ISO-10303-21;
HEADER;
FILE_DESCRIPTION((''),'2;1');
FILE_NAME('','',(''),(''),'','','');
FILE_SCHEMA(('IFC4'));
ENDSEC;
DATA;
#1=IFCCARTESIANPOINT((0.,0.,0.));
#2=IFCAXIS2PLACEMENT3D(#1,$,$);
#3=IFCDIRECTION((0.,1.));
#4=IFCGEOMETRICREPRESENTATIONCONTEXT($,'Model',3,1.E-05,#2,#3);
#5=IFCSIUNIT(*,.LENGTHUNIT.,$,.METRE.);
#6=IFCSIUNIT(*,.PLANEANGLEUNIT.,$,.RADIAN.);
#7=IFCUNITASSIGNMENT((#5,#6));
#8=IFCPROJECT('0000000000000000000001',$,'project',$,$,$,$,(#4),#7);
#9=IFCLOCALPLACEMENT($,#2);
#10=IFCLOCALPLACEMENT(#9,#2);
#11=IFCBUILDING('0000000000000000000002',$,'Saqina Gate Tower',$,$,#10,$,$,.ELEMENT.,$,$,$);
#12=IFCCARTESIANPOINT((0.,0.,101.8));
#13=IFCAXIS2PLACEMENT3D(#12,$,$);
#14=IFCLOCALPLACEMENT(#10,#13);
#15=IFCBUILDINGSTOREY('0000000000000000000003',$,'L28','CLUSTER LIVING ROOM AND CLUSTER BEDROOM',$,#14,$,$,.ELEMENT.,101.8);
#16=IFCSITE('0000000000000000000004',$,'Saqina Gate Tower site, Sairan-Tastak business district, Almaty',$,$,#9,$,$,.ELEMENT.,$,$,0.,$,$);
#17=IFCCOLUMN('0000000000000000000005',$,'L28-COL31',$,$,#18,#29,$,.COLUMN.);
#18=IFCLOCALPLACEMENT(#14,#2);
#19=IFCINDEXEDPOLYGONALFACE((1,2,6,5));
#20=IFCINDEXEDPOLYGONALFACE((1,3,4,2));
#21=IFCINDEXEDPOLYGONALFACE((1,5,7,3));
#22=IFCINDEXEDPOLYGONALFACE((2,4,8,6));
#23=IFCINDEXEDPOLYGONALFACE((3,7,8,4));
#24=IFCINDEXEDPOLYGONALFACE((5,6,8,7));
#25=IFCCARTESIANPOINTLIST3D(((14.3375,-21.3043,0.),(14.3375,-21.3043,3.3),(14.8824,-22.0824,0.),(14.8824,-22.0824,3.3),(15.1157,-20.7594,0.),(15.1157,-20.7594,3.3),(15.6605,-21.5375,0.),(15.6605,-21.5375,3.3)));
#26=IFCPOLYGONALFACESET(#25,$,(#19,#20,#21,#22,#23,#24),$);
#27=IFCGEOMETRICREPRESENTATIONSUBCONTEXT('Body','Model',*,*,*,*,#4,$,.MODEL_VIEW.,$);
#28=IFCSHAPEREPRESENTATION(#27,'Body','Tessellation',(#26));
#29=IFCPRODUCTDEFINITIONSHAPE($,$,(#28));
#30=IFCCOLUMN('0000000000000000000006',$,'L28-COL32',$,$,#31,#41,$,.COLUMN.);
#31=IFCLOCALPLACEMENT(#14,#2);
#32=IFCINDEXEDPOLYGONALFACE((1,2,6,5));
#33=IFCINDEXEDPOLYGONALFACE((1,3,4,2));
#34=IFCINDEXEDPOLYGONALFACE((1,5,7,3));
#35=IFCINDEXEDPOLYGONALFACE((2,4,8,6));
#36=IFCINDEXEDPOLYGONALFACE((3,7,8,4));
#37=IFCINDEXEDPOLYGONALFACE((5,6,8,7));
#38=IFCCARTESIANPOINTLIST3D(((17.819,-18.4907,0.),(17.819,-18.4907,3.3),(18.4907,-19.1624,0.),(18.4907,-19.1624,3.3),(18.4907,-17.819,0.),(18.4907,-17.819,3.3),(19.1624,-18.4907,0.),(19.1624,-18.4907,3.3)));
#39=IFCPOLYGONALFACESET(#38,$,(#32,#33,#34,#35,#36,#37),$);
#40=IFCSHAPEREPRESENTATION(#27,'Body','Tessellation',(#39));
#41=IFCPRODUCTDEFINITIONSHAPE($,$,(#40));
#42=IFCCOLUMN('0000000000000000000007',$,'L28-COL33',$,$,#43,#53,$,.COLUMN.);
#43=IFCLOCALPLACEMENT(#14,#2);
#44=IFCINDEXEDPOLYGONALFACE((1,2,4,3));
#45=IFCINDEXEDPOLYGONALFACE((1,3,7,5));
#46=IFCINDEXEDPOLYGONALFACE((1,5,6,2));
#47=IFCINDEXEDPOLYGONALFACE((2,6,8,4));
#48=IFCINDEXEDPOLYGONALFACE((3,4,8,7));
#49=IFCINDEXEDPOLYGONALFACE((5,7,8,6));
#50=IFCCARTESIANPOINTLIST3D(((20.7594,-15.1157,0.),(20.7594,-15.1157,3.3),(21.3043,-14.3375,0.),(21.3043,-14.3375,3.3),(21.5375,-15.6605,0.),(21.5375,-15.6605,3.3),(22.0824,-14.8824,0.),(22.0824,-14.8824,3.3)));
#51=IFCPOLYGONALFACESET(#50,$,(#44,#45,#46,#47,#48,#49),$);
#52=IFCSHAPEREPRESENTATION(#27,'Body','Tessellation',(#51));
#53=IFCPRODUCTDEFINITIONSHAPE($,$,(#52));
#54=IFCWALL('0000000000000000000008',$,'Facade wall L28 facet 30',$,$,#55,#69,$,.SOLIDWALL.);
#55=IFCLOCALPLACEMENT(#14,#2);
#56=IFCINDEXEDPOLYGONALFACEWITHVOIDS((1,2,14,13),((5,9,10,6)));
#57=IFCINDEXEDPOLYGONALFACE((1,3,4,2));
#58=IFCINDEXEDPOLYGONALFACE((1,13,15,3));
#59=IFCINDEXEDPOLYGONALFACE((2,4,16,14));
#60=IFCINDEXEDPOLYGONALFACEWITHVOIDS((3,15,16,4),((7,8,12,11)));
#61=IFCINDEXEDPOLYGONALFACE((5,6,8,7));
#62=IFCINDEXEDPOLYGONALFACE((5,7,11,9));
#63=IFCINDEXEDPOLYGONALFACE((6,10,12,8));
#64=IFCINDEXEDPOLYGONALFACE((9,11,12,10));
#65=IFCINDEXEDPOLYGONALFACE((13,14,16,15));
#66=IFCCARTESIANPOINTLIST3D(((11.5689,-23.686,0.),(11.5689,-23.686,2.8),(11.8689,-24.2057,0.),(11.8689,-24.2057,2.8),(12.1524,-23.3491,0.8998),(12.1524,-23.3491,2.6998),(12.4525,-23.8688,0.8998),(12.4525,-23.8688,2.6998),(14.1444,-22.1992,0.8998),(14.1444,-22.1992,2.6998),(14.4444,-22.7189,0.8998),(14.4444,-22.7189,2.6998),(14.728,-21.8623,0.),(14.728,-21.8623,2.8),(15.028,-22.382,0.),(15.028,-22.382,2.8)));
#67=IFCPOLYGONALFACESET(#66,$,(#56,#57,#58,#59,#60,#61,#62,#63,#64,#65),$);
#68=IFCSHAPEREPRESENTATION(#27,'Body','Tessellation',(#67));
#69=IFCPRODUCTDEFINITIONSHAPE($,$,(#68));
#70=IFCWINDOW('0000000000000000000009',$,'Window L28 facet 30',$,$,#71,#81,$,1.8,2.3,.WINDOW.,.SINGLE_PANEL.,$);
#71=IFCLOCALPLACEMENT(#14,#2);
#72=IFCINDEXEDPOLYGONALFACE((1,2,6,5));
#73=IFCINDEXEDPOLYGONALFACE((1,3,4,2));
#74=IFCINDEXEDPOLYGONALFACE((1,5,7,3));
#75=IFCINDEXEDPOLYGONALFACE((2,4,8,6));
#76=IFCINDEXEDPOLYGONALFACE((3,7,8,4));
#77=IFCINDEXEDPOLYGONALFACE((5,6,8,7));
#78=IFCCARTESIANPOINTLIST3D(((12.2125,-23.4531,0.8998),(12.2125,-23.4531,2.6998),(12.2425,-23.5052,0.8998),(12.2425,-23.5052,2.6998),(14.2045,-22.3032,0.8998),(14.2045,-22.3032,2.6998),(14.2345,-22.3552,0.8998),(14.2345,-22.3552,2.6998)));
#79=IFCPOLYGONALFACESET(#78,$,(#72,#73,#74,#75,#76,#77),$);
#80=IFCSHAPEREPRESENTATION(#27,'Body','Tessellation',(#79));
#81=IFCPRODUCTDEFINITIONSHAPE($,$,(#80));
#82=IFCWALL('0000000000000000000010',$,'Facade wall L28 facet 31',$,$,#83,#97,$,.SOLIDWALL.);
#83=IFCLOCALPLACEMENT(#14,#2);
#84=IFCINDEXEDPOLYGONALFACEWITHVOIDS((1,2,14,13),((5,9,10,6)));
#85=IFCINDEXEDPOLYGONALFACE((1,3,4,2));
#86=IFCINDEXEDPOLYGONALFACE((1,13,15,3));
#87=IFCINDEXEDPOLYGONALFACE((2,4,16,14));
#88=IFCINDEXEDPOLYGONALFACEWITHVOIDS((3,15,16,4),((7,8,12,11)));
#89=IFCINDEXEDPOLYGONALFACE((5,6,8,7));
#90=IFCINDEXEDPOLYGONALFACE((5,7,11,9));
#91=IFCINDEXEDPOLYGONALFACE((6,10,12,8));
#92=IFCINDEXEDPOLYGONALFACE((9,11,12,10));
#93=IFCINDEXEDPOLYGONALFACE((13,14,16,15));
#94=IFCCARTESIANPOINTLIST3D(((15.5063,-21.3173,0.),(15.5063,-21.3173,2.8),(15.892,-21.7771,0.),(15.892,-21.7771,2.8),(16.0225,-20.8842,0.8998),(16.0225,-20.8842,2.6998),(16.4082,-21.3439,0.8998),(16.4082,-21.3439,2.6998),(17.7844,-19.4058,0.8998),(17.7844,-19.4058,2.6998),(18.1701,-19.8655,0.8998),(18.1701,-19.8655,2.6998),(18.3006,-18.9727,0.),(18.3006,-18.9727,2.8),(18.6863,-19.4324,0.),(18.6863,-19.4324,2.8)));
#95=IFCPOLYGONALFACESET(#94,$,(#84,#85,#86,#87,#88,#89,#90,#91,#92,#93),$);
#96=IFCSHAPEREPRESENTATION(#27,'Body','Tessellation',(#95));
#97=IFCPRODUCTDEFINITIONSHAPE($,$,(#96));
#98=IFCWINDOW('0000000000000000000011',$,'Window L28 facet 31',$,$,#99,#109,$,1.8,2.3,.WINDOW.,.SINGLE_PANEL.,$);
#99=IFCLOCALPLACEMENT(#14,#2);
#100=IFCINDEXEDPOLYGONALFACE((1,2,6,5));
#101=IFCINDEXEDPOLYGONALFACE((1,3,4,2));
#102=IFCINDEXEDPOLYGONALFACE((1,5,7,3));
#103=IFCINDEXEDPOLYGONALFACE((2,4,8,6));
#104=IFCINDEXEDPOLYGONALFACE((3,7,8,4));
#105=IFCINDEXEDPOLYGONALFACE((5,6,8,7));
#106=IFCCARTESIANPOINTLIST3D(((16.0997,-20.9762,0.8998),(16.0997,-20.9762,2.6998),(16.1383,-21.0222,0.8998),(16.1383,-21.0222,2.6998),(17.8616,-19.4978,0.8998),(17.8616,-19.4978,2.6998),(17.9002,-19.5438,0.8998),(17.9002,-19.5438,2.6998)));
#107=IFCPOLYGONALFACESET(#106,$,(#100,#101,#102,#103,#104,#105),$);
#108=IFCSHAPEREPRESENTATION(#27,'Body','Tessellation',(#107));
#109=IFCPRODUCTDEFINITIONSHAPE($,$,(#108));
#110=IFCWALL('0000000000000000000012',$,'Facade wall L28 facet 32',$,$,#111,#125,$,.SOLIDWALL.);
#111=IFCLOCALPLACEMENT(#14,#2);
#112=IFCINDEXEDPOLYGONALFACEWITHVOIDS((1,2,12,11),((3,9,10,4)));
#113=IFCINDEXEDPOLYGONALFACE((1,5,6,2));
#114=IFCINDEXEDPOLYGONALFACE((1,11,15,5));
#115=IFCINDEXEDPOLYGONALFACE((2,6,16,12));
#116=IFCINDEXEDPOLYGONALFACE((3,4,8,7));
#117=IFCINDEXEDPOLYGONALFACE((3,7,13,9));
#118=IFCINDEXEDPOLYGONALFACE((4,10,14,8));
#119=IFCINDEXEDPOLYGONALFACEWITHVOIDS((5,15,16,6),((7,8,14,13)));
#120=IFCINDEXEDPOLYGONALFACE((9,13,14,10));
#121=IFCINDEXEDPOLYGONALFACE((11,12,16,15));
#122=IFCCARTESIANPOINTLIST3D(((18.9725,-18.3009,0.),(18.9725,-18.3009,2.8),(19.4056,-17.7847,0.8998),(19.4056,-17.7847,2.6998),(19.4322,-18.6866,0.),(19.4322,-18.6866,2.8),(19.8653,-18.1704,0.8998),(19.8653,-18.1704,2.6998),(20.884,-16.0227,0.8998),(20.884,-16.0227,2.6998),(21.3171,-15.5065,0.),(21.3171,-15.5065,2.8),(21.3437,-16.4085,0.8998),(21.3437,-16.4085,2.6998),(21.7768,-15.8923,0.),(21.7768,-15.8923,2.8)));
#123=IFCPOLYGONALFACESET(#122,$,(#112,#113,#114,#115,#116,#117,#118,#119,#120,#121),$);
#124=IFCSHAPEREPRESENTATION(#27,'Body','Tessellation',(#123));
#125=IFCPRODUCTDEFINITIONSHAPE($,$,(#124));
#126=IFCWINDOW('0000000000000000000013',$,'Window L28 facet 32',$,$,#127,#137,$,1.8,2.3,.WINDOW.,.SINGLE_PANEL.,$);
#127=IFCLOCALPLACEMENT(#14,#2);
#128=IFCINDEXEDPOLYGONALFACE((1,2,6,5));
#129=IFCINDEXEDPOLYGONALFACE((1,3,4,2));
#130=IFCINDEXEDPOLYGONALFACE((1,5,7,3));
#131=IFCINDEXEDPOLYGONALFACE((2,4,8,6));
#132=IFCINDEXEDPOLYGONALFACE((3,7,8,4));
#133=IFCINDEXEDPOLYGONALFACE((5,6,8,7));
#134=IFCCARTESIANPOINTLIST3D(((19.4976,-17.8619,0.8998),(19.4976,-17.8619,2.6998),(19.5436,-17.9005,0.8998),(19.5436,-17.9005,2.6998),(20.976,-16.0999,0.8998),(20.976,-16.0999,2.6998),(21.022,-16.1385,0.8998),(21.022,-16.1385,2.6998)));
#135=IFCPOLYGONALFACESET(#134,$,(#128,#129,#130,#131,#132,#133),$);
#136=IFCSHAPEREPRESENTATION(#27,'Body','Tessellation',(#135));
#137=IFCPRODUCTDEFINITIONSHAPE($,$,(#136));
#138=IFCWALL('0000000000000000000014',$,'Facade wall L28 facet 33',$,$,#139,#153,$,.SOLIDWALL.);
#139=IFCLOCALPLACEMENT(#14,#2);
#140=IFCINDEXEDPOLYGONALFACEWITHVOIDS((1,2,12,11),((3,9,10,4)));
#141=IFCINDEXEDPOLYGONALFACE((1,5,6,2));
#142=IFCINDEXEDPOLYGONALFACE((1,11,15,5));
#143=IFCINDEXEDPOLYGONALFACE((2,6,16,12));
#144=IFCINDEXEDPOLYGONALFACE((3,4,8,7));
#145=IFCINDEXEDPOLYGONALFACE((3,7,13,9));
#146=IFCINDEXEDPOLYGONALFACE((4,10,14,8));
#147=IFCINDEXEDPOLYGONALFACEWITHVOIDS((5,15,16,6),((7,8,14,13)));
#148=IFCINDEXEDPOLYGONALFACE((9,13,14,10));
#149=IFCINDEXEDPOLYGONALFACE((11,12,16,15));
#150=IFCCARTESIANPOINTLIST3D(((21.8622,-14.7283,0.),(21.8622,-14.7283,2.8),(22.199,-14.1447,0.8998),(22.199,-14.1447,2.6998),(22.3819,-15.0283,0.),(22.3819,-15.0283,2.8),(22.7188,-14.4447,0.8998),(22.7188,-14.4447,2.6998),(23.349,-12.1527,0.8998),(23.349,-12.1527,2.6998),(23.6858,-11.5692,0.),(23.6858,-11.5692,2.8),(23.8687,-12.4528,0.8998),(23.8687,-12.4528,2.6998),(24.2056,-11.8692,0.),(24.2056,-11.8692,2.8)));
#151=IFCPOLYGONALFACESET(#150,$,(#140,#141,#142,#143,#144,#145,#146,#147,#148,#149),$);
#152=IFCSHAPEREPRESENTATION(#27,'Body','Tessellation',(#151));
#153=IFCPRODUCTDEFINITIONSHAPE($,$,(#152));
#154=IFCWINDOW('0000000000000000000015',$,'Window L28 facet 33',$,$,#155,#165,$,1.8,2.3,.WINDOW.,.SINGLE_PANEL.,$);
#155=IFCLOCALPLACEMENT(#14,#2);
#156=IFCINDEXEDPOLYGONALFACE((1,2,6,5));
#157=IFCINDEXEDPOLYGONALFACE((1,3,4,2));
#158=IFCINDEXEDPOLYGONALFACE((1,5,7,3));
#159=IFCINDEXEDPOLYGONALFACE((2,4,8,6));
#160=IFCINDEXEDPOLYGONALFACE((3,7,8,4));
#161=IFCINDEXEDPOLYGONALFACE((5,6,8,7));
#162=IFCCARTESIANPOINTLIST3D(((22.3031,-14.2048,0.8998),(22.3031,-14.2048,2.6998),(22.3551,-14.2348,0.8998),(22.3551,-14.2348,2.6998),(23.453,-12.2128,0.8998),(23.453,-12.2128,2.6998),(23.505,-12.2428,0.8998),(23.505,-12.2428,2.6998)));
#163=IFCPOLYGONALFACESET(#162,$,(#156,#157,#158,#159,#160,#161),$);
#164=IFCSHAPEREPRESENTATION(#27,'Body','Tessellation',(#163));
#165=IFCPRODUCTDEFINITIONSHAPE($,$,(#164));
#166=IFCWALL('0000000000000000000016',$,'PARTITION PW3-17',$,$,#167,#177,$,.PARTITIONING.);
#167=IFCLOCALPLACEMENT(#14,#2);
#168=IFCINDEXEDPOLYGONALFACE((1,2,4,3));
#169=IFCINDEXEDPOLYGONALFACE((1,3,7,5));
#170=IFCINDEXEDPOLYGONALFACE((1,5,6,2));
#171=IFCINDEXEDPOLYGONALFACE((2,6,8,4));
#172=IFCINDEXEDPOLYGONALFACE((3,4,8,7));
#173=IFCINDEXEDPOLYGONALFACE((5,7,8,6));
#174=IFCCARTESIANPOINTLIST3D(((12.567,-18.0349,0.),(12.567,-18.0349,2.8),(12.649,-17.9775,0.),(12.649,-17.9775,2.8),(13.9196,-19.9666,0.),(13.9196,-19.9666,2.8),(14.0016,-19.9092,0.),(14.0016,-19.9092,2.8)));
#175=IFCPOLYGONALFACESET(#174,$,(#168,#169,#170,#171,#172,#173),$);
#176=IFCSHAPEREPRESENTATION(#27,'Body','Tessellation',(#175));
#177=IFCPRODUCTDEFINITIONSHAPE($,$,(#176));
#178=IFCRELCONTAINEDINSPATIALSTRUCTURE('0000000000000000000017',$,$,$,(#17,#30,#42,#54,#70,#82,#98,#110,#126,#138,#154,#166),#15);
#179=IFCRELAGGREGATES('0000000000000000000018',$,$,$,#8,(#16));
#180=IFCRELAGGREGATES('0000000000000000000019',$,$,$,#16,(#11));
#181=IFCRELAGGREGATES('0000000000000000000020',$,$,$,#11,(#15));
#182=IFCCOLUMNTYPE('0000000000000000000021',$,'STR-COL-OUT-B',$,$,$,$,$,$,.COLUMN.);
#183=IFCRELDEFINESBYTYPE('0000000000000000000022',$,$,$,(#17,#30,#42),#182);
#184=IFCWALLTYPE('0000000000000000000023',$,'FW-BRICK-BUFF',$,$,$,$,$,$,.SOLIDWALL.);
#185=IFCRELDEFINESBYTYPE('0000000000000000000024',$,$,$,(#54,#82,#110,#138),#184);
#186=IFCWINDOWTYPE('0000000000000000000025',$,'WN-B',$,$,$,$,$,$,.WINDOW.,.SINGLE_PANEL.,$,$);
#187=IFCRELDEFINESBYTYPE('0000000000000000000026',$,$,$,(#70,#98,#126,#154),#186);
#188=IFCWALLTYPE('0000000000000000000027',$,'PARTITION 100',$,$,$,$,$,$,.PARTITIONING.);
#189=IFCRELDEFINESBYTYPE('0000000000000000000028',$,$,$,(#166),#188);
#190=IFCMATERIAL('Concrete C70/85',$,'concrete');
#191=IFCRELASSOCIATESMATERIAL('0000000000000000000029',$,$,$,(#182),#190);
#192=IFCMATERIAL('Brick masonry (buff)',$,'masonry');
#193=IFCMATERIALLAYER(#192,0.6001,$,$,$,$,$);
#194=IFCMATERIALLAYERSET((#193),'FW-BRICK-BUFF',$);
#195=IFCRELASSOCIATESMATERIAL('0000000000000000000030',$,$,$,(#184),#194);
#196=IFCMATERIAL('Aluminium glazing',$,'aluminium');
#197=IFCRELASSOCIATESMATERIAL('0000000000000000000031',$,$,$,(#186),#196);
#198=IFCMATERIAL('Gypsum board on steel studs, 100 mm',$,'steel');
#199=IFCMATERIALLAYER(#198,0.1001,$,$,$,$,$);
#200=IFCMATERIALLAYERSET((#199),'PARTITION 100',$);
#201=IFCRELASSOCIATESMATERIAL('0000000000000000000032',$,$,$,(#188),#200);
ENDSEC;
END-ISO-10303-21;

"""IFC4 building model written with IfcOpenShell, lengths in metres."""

from ifc_helpers import new_model, si_unit, direction, frame, frame_2d, origin, origin_2d, place, context, subcontext, project, spatial, rectangle, extrude, material, layer, layer_set, material_profile, profile_set, type_object, element, fill, save


model = new_model("IFC4")

# Units and contexts
model_context = context("Model", 3, precision=1e-05, world=origin(), true_north=direction((0.0, 1.0)))
body_context = subcontext(model_context, "Body", "Model", "MODEL_VIEW")
ifc_project = project(units=[si_unit("LENGTHUNIT", "METRE"), si_unit("PLANEANGLEUNIT", "RADIAN")], contexts=[model_context])

# Site, building, storey
site_placement = place(None, origin())
site = spatial("IfcSite", under=ifc_project, at=site_placement, Name="Saqina Gate Tower site, Sairan-Tastak business district, Almaty", CompositionType="ELEMENT", RefElevation=0.0)
building_placement = place(site_placement, origin())
building = spatial("IfcBuilding", under=site, at=building_placement, Name="Saqina Gate Tower", CompositionType="ELEMENT")
storey_placement = place(building_placement, frame((0.0, 0.0, 101.8)))
storey = spatial("IfcBuildingStorey", under=building, at=storey_placement, Name="L28", Description="CLUSTER LIVING ROOM AND CLUSTER BEDROOM", CompositionType="ELEMENT", Elevation=101.8)

# Columns
ifc_material_1 = material(Name="Concrete C70/85", Category="concrete")
ifc_material_profile = material_profile(ifc_material_1, rectangle(XDim=0.95, YDim=0.95, at=origin_2d()), Name="RC 950x950")
ifc_profile_set = profile_set([ifc_material_profile], Name="Concrete C70/85")
column_type = type_object("IfcColumnType", Name="STR-COL-OUT-B", PredefinedType="COLUMN", material=ifc_profile_set)
for number, where, z_axis, x_axis, name in (
    (1, (14.999, -21.4209, 0.0), (0.0, 0.0, 1.0), (0.573576, -0.819152, 0.0), "L28-COL31"),
    (2, (18.4907, -18.4907, 0.0), (0.0, 0.0, 1.0), (0.707107, -0.707107, 0.0), "L28-COL32"),
    (3, (21.4209, -14.999, 0.0), (0.0, 0.0, 1.0), (0.819152, -0.573576, 0.0), "L28-COL33"),
):
    element("IfcColumn", number, at=place(storey_placement, frame(where, z_axis=z_axis, x_axis=x_axis)), inside=storey, type_object=column_type, Name=name, PredefinedType="COLUMN", context=body_context, shape_type="SweptSolid", body=[
        extrude(rectangle(XDim=0.95, YDim=0.95, at=origin_2d()), origin(), (0.0, 0.0, 1.0), 3.3),
    ])

# Walls, openings, windows
ifc_material_2 = material(Name="Brick masonry (buff)", Category="masonry")
ifc_layer_1 = layer(ifc_material_2, 0.6001)
ifc_layer_set_1 = layer_set([ifc_layer_1], Name="FW-BRICK-BUFF")
wall_type_1 = type_object("IfcWallType", Name="FW-BRICK-BUFF", PredefinedType="SOLIDWALL", material=ifc_layer_set_1)
wall_1_placement = place(storey_placement, frame((11.719, -23.9458, 0.0), z_axis=(0.0, 0.0, 1.0), x_axis=(0.866052, 0.499954, 0.0)))
wall_1 = element("IfcWall", 4, at=wall_1_placement, inside=storey, type_object=wall_type_1, Name="Facade wall L28 facet 30", PredefinedType="SOLIDWALL", context=body_context, shape_type="SweptSolid", body=[
    extrude(rectangle(XDim=3.6477, YDim=0.6001, at=frame_2d((1.8237, 0.0))), origin(), (0.0, 0.0, 1.0), 2.8),
])
opening_1_placement = place(wall_1_placement, frame((0.6738, 0.0, 0.8999)))
opening_1 = element("IfcOpeningElement", 5, at=opening_1_placement, cuts=wall_1, PredefinedType="OPENING", context=body_context, shape_type="SweptSolid", body=[
    extrude(rectangle(XDim=2.3, YDim=1.8, at=frame_2d((1.1499, 0.8999))), frame((0.0, 0.312, 0.0), z_axis=(0.0, -1.0, 0.0), x_axis=(1.0, 0.0, 0.0)), (0.0, 0.0, 1.0), 0.624),
])
ifc_material_3 = material(Name="Aluminium glazing", Category="aluminium")
window_type = type_object("IfcWindowType", Name="WN-B", PartitioningType="SINGLE_PANEL", PredefinedType="WINDOW", material=ifc_material_3)
window_1_placement = place(opening_1_placement, origin())
window_1 = element("IfcWindow", 6, at=window_1_placement, inside=storey, type_object=window_type, Name="Window L28 facet 30", OverallHeight=1.8, OverallWidth=2.3, PartitioningType="SINGLE_PANEL", PredefinedType="WINDOW", context=body_context, shape_type="SweptSolid", body=[
    extrude(rectangle(XDim=2.3, YDim=1.8, at=frame_2d((1.1499, 0.8999))), frame((0.0, 0.1799, 0.0), z_axis=(0.0, -1.0, 0.0), x_axis=(1.0, 0.0, 0.0)), (0.0, 0.0, 1.0), 0.0601),
])
fill(opening_1, window_1)
wall_2_placement = place(storey_placement, frame((15.6992, -21.5471, 0.0), z_axis=(0.0, 0.0, 1.0), x_axis=(0.766055, 0.642774, 0.0)))
wall_2 = element("IfcWall", 7, at=wall_2_placement, inside=storey, type_object=wall_type_1, Name="Facade wall L28 facet 31", PredefinedType="SOLIDWALL", context=body_context, shape_type="SweptSolid", body=[
    extrude(rectangle(XDim=3.6477, YDim=0.6001, at=frame_2d((1.8237, 0.0))), origin(), (0.0, 0.0, 1.0), 2.8),
])
opening_2_placement = place(wall_2_placement, frame((0.6738, 0.0, 0.8999)))
opening_2 = element("IfcOpeningElement", 8, at=opening_2_placement, cuts=wall_2, PredefinedType="OPENING", context=body_context, shape_type="SweptSolid", body=[
    extrude(rectangle(XDim=2.3, YDim=1.8, at=frame_2d((1.1499, 0.8999))), frame((0.0, 0.312, 0.0), z_axis=(0.0, -1.0, 0.0), x_axis=(1.0, 0.0, 0.0)), (0.0, 0.0, 1.0), 0.624),
])
window_2_placement = place(opening_2_placement, origin())
window_2 = element("IfcWindow", 9, at=window_2_placement, inside=storey, type_object=window_type, Name="Window L28 facet 31", OverallHeight=1.8, OverallWidth=2.3, PartitioningType="SINGLE_PANEL", PredefinedType="WINDOW", context=body_context, shape_type="SweptSolid", body=[
    extrude(rectangle(XDim=2.3, YDim=1.8, at=frame_2d((1.1499, 0.8999))), frame((0.0, 0.1799, 0.0), z_axis=(0.0, -1.0, 0.0), x_axis=(1.0, 0.0, 0.0)), (0.0, 0.0, 1.0), 0.0601),
])
fill(opening_2, window_2)
wall_3_placement = place(storey_placement, frame((19.2024, -18.4937, 0.0), z_axis=(0.0, 0.0, 1.0), x_axis=(0.642774, 0.766055, 0.0)))
wall_3 = element("IfcWall", 10, at=wall_3_placement, inside=storey, type_object=wall_type_1, Name="Facade wall L28 facet 32", PredefinedType="SOLIDWALL", context=body_context, shape_type="SweptSolid", body=[
    extrude(rectangle(XDim=3.6477, YDim=0.6001, at=frame_2d((1.8237, 0.0))), origin(), (0.0, 0.0, 1.0), 2.8),
])
opening_3_placement = place(wall_3_placement, frame((0.6738, 0.0, 0.8999)))
opening_3 = element("IfcOpeningElement", 11, at=opening_3_placement, cuts=wall_3, PredefinedType="OPENING", context=body_context, shape_type="SweptSolid", body=[
    extrude(rectangle(XDim=2.3, YDim=1.8, at=frame_2d((1.1499, 0.8999))), frame((0.0, 0.312, 0.0), z_axis=(0.0, -1.0, 0.0), x_axis=(1.0, 0.0, 0.0)), (0.0, 0.0, 1.0), 0.624),
])
window_3_placement = place(opening_3_placement, origin())
window_3 = element("IfcWindow", 12, at=window_3_placement, inside=storey, type_object=window_type, Name="Window L28 facet 32", OverallHeight=1.8, OverallWidth=2.3, PartitioningType="SINGLE_PANEL", PredefinedType="WINDOW", context=body_context, shape_type="SweptSolid", body=[
    extrude(rectangle(XDim=2.3, YDim=1.8, at=frame_2d((1.1499, 0.8999))), frame((0.0, 0.1799, 0.0), z_axis=(0.0, -1.0, 0.0), x_axis=(1.0, 0.0, 0.0)), (0.0, 0.0, 1.0), 0.0601),
])
fill(opening_3, window_3)
wall_4_placement = place(storey_placement, frame((22.1221, -14.8782, 0.0), z_axis=(0.0, 0.0, 1.0), x_axis=(0.499954, 0.866052, 0.0)))
wall_4 = element("IfcWall", 13, at=wall_4_placement, inside=storey, type_object=wall_type_1, Name="Facade wall L28 facet 33", PredefinedType="SOLIDWALL", context=body_context, shape_type="SweptSolid", body=[
    extrude(rectangle(XDim=3.6477, YDim=0.6001, at=frame_2d((1.8237, 0.0))), origin(), (0.0, 0.0, 1.0), 2.8),
])
opening_4_placement = place(wall_4_placement, frame((0.6738, 0.0, 0.8999)))
opening_4 = element("IfcOpeningElement", 14, at=opening_4_placement, cuts=wall_4, PredefinedType="OPENING", context=body_context, shape_type="SweptSolid", body=[
    extrude(rectangle(XDim=2.3, YDim=1.8, at=frame_2d((1.1499, 0.8999))), frame((0.0, 0.312, 0.0), z_axis=(0.0, -1.0, 0.0), x_axis=(1.0, 0.0, 0.0)), (0.0, 0.0, 1.0), 0.624),
])
window_4_placement = place(opening_4_placement, origin())
window_4 = element("IfcWindow", 15, at=window_4_placement, inside=storey, type_object=window_type, Name="Window L28 facet 33", OverallHeight=1.8, OverallWidth=2.3, PartitioningType="SINGLE_PANEL", PredefinedType="WINDOW", context=body_context, shape_type="SweptSolid", body=[
    extrude(rectangle(XDim=2.3, YDim=1.8, at=frame_2d((1.1499, 0.8999))), frame((0.0, 0.1799, 0.0), z_axis=(0.0, -1.0, 0.0), x_axis=(1.0, 0.0, 0.0)), (0.0, 0.0, 1.0), 0.0601),
])
fill(opening_4, window_4)

# Wall
ifc_material_4 = material(Name="Gypsum board on steel studs, 100 mm", Category="steel")
ifc_layer_2 = layer(ifc_material_4, 0.1001)
ifc_layer_set_2 = layer_set([ifc_layer_2], Name="PARTITION 100")
wall_type_2 = type_object("IfcWallType", Name="PARTITION 100", PredefinedType="PARTITIONING", material=ifc_layer_set_2)
wall_5_placement = place(storey_placement, frame((12.6079, -18.0061, 0.0), z_axis=(0.0, 0.0, 1.0), x_axis=(0.573574, -0.819154, 0.0)))
element("IfcWall", 16, at=wall_5_placement, inside=storey, type_object=wall_type_2, Name="PARTITION PW3-17", PredefinedType="PARTITIONING", context=body_context, shape_type="SweptSolid", body=[
    extrude(rectangle(XDim=2.3582, YDim=0.1001, at=frame_2d((1.1792, 0.0))), origin(), (0.0, 0.0, 1.0), 2.8),
])

save(model, "model.ifc")
